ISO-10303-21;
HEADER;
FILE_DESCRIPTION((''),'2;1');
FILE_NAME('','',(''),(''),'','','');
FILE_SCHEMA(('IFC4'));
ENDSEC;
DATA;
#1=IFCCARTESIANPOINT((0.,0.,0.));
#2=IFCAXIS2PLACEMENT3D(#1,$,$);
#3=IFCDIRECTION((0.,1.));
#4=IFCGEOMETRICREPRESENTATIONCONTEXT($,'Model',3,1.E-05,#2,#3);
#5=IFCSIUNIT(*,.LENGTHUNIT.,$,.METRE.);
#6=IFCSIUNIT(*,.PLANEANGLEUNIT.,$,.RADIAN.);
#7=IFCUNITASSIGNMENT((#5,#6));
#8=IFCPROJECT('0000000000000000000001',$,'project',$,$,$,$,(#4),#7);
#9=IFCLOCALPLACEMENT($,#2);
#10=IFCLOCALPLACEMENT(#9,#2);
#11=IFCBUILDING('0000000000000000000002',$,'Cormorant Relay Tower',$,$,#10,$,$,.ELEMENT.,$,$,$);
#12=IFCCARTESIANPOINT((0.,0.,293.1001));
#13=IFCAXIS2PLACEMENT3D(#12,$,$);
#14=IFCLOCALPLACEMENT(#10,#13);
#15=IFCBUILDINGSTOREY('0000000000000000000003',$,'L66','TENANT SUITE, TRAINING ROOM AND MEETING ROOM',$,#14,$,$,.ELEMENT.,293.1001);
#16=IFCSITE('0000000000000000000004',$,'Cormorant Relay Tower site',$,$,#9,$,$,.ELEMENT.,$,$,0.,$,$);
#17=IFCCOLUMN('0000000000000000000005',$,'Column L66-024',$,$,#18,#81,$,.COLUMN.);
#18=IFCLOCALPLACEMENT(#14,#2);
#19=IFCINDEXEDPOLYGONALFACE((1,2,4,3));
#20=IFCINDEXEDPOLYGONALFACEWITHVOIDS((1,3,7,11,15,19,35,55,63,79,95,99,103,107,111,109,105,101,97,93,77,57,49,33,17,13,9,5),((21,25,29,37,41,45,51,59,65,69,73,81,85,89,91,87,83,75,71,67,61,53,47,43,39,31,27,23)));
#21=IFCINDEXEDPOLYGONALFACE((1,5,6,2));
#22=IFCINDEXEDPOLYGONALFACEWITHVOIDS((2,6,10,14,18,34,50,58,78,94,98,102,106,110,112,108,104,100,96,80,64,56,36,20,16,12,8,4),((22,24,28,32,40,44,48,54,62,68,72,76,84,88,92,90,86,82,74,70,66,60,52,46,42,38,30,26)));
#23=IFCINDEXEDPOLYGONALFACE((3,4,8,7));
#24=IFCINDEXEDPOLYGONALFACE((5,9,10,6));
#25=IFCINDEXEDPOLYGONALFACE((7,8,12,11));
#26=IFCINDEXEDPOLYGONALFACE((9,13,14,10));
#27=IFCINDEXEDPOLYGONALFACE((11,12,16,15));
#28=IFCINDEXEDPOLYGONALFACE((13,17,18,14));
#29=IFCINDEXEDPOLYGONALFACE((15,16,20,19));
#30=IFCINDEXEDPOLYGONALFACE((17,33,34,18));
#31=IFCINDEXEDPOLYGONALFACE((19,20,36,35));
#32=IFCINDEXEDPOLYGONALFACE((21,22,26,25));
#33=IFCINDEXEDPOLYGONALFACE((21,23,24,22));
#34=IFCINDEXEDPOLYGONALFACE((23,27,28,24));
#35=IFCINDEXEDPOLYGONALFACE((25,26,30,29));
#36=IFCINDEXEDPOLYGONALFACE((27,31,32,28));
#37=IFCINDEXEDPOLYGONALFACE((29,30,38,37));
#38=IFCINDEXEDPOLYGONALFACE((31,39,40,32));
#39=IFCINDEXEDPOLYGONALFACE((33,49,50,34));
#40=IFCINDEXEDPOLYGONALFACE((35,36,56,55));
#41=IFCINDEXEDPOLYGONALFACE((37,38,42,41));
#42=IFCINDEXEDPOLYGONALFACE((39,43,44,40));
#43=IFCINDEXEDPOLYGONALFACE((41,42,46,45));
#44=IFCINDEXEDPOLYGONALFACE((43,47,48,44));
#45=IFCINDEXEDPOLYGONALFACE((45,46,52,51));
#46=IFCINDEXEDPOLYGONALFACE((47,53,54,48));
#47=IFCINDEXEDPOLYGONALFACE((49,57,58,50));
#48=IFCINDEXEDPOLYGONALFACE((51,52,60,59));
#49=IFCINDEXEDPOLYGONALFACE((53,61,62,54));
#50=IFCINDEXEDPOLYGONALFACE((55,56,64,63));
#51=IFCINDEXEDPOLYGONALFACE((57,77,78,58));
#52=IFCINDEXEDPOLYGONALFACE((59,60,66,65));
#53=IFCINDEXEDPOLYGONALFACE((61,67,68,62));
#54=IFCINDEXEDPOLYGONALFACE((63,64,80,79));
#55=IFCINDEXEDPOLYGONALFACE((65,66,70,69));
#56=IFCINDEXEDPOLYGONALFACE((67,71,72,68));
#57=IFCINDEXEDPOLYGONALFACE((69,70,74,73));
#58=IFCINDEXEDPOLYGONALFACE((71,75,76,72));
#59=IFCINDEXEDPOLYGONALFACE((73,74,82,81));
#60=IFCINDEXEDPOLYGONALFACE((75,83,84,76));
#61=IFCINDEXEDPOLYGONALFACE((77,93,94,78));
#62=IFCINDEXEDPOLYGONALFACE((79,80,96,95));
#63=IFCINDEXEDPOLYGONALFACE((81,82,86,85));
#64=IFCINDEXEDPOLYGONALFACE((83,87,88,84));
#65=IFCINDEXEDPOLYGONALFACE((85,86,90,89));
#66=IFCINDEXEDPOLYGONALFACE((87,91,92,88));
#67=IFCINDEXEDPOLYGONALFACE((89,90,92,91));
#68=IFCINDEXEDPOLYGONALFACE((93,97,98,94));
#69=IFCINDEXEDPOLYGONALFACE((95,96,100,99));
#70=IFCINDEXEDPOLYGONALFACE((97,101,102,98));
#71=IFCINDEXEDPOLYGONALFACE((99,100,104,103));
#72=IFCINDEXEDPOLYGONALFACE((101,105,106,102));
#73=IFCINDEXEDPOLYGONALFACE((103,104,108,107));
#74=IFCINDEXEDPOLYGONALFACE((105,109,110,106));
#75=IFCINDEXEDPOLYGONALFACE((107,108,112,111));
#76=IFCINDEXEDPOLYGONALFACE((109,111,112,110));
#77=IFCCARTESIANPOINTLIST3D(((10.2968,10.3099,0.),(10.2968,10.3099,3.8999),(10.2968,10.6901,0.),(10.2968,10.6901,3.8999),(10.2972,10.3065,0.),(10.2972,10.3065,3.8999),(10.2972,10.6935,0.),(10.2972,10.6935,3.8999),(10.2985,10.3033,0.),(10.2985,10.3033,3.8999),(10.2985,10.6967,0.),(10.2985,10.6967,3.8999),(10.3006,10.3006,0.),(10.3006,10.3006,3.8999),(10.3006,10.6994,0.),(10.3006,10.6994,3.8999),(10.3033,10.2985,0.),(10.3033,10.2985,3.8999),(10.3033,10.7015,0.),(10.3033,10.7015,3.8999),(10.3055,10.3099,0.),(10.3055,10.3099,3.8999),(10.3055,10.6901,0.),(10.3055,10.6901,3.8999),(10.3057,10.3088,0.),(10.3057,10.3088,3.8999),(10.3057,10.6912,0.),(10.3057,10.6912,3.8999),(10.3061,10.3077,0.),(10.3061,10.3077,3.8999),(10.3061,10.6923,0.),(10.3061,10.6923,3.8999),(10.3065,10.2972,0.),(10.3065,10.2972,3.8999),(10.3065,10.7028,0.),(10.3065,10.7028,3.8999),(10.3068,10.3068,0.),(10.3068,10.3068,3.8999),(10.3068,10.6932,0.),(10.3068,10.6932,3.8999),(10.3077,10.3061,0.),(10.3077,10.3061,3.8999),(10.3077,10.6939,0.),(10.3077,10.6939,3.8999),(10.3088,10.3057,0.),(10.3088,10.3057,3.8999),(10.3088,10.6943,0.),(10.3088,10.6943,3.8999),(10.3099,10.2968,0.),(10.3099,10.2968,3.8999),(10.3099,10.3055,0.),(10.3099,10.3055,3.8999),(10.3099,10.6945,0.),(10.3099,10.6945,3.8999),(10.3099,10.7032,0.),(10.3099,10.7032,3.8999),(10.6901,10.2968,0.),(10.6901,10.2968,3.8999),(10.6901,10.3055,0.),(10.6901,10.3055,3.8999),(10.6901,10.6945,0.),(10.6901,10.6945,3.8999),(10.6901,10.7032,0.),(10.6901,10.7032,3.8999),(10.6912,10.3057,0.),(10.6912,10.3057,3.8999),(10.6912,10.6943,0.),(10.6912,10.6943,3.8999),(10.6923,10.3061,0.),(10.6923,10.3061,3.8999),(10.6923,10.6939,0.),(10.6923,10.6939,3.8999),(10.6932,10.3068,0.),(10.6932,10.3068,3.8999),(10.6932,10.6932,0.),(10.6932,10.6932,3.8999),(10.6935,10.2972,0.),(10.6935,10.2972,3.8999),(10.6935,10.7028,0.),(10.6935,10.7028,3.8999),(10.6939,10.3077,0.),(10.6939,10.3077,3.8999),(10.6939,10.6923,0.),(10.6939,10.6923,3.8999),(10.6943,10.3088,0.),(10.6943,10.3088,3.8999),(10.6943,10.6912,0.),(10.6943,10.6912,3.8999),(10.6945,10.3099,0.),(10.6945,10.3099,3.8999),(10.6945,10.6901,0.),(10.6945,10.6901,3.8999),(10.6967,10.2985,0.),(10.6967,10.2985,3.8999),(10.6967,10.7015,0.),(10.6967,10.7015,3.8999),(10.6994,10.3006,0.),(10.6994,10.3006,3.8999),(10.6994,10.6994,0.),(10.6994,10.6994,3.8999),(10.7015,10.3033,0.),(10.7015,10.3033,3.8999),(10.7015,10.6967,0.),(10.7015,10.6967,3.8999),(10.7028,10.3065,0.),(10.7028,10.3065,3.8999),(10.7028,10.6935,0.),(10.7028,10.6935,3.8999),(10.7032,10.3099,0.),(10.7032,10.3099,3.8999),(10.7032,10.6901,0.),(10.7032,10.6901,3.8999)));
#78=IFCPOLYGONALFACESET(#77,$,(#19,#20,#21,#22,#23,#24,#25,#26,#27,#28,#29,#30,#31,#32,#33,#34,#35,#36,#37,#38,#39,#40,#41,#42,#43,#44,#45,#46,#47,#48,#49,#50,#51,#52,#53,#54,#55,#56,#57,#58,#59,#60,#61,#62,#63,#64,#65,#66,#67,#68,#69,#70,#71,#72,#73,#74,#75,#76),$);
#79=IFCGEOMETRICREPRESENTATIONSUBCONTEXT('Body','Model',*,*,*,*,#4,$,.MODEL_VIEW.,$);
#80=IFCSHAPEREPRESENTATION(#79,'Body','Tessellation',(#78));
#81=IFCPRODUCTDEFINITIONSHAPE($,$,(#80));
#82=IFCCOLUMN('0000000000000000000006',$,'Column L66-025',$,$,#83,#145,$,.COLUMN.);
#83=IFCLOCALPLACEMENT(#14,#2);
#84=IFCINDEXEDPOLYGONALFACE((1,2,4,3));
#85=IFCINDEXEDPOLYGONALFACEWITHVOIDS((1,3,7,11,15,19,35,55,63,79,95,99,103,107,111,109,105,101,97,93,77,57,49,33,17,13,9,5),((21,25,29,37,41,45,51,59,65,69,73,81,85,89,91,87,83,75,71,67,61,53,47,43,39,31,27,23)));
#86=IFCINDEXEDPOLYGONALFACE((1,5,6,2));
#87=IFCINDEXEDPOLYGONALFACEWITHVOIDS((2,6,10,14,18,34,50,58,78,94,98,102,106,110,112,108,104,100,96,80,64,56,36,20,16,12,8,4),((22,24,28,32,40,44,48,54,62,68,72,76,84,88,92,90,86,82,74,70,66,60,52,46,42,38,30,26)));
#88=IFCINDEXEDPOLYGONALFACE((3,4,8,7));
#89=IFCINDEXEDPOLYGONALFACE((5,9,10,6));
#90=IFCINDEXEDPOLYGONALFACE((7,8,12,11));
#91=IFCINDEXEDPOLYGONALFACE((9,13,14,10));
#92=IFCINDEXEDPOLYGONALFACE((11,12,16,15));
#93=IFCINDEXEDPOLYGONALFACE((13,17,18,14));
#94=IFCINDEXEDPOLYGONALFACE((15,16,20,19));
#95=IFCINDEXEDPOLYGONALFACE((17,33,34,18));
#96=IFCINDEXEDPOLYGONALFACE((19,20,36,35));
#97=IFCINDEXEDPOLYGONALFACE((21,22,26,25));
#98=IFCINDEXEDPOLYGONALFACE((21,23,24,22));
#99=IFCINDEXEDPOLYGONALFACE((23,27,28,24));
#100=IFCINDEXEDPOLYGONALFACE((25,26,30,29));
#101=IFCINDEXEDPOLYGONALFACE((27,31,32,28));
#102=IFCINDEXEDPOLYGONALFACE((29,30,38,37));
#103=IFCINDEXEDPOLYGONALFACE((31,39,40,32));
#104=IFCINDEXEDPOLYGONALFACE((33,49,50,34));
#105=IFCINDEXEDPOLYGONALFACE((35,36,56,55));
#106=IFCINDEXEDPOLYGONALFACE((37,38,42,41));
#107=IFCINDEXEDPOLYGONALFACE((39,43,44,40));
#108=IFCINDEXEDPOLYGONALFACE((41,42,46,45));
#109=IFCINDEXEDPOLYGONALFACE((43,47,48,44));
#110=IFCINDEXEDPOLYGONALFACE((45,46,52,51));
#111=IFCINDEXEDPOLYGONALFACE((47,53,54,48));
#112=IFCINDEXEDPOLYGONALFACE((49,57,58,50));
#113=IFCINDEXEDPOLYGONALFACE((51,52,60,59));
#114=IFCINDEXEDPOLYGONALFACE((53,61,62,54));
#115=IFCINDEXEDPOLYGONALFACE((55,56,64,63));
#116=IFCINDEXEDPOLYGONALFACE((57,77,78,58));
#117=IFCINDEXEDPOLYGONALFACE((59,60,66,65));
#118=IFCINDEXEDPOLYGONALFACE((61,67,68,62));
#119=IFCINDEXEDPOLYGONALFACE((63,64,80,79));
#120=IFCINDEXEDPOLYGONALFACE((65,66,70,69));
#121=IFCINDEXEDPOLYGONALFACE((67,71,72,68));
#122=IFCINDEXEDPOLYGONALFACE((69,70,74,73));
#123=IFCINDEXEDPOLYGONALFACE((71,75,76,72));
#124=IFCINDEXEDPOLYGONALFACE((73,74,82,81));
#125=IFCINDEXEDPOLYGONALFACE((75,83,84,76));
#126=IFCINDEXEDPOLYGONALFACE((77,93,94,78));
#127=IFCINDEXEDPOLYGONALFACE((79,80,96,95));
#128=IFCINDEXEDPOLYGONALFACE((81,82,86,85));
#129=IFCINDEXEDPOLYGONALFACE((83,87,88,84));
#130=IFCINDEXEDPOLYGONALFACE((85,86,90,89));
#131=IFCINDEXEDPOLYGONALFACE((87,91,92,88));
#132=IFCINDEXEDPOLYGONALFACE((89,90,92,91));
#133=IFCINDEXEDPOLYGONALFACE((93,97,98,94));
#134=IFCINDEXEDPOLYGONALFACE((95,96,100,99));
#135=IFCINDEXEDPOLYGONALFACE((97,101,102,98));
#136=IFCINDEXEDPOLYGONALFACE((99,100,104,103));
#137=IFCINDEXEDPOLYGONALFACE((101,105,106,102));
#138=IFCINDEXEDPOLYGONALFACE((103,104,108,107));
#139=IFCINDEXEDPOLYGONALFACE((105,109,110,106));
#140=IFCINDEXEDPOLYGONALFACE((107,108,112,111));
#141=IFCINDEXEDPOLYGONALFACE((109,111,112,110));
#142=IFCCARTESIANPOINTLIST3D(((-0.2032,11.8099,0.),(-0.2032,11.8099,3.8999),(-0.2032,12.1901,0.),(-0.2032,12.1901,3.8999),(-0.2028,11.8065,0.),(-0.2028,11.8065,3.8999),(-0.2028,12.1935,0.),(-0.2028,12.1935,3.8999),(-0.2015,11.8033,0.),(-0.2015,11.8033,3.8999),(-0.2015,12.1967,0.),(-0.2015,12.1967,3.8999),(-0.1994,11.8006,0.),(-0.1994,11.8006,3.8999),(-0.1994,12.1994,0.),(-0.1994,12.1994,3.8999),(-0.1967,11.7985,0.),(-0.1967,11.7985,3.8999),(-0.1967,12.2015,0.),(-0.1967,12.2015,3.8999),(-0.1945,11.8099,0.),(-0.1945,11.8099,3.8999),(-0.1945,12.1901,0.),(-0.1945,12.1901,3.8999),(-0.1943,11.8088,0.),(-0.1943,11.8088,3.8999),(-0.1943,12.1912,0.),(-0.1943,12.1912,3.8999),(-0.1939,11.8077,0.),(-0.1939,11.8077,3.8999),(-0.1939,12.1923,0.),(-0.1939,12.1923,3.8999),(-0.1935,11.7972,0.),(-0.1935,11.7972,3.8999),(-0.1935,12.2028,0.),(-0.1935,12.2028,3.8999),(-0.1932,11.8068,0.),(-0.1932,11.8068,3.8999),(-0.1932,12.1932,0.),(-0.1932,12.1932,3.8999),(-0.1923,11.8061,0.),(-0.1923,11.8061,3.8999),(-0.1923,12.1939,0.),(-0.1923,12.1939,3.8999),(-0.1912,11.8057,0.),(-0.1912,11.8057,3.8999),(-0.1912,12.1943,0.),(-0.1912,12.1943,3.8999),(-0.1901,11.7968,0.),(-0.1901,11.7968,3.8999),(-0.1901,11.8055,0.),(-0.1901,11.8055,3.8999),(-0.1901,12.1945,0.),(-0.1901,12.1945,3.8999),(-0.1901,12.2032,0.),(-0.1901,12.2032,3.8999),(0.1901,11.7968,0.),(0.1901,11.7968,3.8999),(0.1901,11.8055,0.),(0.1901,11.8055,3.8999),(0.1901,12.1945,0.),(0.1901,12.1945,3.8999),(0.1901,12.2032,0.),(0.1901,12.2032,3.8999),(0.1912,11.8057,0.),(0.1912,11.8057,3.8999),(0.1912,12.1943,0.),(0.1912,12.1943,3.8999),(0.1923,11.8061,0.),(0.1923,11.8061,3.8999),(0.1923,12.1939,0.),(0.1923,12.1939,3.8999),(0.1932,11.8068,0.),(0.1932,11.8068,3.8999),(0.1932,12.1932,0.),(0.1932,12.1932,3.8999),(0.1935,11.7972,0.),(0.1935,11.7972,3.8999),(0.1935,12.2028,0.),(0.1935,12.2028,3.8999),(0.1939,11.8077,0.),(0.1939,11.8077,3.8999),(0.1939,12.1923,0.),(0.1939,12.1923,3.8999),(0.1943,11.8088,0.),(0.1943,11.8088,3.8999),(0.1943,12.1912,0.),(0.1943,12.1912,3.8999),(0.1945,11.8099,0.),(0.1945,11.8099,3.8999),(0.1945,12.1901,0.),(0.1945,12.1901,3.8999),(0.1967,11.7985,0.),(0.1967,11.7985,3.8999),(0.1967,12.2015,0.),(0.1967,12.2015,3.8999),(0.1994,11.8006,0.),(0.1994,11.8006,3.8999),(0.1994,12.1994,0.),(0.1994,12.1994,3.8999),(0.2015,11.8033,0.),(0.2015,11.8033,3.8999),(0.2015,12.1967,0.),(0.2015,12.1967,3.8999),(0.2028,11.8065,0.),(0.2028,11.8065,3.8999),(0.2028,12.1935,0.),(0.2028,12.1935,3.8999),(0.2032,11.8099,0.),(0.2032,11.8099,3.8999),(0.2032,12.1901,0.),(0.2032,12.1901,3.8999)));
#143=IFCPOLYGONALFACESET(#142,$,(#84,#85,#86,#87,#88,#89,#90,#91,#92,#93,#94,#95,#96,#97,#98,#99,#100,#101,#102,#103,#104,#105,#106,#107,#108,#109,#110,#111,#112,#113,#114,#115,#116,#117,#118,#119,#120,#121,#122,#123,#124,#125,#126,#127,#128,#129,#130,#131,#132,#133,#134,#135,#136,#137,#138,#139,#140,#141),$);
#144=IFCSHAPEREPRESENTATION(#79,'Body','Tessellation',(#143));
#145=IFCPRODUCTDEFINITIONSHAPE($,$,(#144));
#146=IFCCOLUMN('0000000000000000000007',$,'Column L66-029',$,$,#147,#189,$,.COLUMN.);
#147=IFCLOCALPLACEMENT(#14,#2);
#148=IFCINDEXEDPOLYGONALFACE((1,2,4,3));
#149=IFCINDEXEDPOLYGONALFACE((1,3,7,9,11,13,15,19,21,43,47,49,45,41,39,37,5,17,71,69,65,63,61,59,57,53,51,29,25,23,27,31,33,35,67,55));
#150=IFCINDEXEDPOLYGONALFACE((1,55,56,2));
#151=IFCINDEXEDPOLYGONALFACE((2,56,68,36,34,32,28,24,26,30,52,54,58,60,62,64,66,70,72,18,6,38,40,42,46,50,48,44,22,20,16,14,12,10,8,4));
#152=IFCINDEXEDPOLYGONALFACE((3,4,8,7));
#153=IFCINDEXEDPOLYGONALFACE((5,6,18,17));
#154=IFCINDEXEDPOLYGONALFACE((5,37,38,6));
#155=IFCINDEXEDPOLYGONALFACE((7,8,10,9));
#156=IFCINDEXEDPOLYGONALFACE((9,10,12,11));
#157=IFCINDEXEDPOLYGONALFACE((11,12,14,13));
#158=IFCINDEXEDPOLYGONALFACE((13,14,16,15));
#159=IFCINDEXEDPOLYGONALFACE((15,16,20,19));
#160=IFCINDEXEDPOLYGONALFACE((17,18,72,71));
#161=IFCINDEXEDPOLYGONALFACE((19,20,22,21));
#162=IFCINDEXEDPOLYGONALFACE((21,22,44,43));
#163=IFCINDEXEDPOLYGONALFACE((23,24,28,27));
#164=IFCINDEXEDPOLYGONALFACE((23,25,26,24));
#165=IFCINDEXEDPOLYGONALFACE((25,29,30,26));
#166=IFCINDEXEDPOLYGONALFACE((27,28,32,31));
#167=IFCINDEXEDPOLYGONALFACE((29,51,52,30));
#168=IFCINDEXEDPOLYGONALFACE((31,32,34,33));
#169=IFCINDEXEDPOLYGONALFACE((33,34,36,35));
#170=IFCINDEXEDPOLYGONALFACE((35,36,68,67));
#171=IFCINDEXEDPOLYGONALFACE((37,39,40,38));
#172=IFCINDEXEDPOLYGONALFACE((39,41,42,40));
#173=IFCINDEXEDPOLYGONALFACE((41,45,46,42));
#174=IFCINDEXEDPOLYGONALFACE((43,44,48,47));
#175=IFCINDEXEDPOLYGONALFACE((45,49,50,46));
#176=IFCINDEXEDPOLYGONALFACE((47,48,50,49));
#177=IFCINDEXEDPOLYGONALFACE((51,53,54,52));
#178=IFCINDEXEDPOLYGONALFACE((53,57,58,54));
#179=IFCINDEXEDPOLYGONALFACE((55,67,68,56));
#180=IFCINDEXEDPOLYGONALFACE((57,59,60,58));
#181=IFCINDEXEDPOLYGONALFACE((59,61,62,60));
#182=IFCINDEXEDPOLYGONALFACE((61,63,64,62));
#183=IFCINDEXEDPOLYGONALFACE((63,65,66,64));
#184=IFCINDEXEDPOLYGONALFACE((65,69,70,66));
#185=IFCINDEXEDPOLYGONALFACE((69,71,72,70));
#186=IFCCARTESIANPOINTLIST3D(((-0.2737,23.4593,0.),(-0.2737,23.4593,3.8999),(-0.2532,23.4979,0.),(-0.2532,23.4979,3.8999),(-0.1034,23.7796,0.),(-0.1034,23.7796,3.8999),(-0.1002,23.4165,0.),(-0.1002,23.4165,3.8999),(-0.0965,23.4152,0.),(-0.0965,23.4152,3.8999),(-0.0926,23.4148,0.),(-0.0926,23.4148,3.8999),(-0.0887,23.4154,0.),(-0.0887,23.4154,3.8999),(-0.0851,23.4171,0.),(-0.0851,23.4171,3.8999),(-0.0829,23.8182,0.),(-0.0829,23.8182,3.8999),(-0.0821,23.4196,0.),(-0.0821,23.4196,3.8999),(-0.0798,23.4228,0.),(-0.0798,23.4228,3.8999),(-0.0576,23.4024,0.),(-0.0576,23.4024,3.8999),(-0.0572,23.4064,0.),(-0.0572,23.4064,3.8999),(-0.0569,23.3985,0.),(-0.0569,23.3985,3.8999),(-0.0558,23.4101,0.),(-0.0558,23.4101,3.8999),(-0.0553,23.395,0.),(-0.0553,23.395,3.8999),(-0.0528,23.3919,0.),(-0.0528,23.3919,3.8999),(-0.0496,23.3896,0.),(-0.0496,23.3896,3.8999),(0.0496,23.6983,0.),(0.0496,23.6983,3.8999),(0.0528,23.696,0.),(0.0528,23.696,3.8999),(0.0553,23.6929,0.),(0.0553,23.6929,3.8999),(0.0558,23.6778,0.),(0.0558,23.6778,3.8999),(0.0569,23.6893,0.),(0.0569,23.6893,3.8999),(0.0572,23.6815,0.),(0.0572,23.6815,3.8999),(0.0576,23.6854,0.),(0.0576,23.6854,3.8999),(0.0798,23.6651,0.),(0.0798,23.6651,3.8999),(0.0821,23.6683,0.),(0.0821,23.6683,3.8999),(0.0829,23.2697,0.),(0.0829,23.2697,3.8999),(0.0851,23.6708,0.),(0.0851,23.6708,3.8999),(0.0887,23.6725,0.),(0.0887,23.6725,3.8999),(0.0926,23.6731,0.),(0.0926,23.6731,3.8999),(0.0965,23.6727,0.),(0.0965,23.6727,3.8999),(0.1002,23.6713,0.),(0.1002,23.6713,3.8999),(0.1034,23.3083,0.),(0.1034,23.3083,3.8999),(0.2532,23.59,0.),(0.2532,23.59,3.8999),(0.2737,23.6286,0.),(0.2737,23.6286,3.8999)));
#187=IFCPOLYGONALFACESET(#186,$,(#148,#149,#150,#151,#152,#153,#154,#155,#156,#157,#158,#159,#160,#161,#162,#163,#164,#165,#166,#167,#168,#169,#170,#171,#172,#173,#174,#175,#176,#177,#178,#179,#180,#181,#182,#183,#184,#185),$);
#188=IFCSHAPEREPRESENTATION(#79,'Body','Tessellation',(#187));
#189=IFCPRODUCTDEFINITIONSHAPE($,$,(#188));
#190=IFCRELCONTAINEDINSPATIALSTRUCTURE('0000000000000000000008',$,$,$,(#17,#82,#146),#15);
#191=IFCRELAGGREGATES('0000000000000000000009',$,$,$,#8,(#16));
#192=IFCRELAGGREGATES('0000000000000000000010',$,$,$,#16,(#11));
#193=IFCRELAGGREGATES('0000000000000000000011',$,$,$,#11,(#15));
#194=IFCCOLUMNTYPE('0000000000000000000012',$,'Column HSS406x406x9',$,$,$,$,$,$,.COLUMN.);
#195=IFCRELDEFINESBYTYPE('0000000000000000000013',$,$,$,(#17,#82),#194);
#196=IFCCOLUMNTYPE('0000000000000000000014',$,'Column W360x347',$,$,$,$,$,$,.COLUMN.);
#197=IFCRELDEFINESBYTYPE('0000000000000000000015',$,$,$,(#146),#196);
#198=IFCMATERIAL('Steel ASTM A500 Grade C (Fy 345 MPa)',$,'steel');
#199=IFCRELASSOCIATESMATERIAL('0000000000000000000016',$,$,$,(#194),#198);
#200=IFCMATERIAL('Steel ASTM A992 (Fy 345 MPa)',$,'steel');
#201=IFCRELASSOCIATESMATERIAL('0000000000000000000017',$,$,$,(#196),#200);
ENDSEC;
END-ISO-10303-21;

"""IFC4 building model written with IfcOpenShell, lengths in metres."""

from ifc_helpers import new_model, si_unit, direction, frame, origin, origin_2d, place, context, subcontext, project, spatial, hollow_rectangle, i_section, extrude, material, material_profile, profile_set, type_object, element, save


model = new_model("IFC4")

# Units and contexts
model_context = context("Model", 3, precision=1e-05, world=origin(), true_north=direction((0.0, 1.0)))
body_context = subcontext(model_context, "Body", "Model", "MODEL_VIEW")
ifc_project = project(units=[si_unit("LENGTHUNIT", "METRE"), si_unit("PLANEANGLEUNIT", "RADIAN")], contexts=[model_context])

# Site, building, storey
site_placement = place(None, origin())
site = spatial("IfcSite", under=ifc_project, at=site_placement, Name="Cormorant Relay Tower site", CompositionType="ELEMENT", RefElevation=0.0)
building_placement = place(site_placement, origin())
building = spatial("IfcBuilding", under=site, at=building_placement, Name="Cormorant Relay Tower", CompositionType="ELEMENT")
storey_placement = place(building_placement, frame((0.0, 0.0, 293.1001)))
storey = spatial("IfcBuildingStorey", under=building, at=storey_placement, Name="L66", Description="TENANT SUITE, TRAINING ROOM AND MEETING ROOM", CompositionType="ELEMENT", Elevation=293.1001)

# Columns
ifc_material_1 = material(Name="Steel ASTM A500 Grade C (Fy 345 MPa)", Category="steel")
ifc_material_profile_1 = material_profile(ifc_material_1, hollow_rectangle(XDim=0.4065, YDim=0.4065, WallThickness=0.0088, InnerFilletRadius=0.0044, OuterFilletRadius=0.0132, at=origin_2d()), Name="HSS406x406x9")
ifc_profile_set_1 = profile_set([ifc_material_profile_1], Name="Steel ASTM A500 Grade C (Fy 345 MPa)")
column_type_1 = type_object("IfcColumnType", Name="Column HSS406x406x9", PredefinedType="COLUMN", material=ifc_profile_set_1)
for number, where, z_axis, x_axis, name in (
    (1, (10.5, 10.5, 0.0), (0.0, 0.0, 1.0), (1.0, 0.0, 0.0), "Column L66-024"),
    (2, (0.0, 12.0, 0.0), (0.0, 0.0, 1.0), (1.0, 0.0, 0.0), "Column L66-025"),
):
    element("IfcColumn", number, at=place(storey_placement, frame(where, z_axis=z_axis, x_axis=x_axis)), inside=storey, type_object=column_type_1, Name=name, PredefinedType="COLUMN", context=body_context, shape_type="SweptSolid", body=[
        extrude(hollow_rectangle(XDim=0.4065, YDim=0.4065, WallThickness=0.0088, InnerFilletRadius=0.0044, OuterFilletRadius=0.0132, at=origin_2d()), origin(), (0.0, 0.0, 1.0), 3.8999),
    ])
ifc_material_2 = material(Name="Steel ASTM A992 (Fy 345 MPa)", Category="steel")
ifc_material_profile_2 = material_profile(ifc_material_2, i_section(OverallWidth=0.4038, OverallDepth=0.4065, WebThickness=0.0271, FlangeThickness=0.0437, FilletRadius=0.0151, at=origin_2d()), Name="W360x347")
ifc_profile_set_2 = profile_set([ifc_material_profile_2], Name="Steel ASTM A992 (Fy 345 MPa)")
column_type_2 = type_object("IfcColumnType", Name="Column W360x347", PredefinedType="COLUMN", material=ifc_profile_set_2)
column_placement = place(storey_placement, frame((0.0, 23.5439, 0.0), z_axis=(0.0, 0.0, 1.0), x_axis=(-0.882948, 0.469472, 0.0)))
element("IfcColumn", 3, at=column_placement, inside=storey, type_object=column_type_2, Name="Column L66-029", PredefinedType="COLUMN", context=body_context, shape_type="SweptSolid", body=[
    extrude(i_section(OverallWidth=0.4038, OverallDepth=0.4065, WebThickness=0.0271, FlangeThickness=0.0437, FilletRadius=0.0151, at=origin_2d()), origin(), (0.0, 0.0, 1.0), 3.8999),
])

save(model, "model.ifc")
